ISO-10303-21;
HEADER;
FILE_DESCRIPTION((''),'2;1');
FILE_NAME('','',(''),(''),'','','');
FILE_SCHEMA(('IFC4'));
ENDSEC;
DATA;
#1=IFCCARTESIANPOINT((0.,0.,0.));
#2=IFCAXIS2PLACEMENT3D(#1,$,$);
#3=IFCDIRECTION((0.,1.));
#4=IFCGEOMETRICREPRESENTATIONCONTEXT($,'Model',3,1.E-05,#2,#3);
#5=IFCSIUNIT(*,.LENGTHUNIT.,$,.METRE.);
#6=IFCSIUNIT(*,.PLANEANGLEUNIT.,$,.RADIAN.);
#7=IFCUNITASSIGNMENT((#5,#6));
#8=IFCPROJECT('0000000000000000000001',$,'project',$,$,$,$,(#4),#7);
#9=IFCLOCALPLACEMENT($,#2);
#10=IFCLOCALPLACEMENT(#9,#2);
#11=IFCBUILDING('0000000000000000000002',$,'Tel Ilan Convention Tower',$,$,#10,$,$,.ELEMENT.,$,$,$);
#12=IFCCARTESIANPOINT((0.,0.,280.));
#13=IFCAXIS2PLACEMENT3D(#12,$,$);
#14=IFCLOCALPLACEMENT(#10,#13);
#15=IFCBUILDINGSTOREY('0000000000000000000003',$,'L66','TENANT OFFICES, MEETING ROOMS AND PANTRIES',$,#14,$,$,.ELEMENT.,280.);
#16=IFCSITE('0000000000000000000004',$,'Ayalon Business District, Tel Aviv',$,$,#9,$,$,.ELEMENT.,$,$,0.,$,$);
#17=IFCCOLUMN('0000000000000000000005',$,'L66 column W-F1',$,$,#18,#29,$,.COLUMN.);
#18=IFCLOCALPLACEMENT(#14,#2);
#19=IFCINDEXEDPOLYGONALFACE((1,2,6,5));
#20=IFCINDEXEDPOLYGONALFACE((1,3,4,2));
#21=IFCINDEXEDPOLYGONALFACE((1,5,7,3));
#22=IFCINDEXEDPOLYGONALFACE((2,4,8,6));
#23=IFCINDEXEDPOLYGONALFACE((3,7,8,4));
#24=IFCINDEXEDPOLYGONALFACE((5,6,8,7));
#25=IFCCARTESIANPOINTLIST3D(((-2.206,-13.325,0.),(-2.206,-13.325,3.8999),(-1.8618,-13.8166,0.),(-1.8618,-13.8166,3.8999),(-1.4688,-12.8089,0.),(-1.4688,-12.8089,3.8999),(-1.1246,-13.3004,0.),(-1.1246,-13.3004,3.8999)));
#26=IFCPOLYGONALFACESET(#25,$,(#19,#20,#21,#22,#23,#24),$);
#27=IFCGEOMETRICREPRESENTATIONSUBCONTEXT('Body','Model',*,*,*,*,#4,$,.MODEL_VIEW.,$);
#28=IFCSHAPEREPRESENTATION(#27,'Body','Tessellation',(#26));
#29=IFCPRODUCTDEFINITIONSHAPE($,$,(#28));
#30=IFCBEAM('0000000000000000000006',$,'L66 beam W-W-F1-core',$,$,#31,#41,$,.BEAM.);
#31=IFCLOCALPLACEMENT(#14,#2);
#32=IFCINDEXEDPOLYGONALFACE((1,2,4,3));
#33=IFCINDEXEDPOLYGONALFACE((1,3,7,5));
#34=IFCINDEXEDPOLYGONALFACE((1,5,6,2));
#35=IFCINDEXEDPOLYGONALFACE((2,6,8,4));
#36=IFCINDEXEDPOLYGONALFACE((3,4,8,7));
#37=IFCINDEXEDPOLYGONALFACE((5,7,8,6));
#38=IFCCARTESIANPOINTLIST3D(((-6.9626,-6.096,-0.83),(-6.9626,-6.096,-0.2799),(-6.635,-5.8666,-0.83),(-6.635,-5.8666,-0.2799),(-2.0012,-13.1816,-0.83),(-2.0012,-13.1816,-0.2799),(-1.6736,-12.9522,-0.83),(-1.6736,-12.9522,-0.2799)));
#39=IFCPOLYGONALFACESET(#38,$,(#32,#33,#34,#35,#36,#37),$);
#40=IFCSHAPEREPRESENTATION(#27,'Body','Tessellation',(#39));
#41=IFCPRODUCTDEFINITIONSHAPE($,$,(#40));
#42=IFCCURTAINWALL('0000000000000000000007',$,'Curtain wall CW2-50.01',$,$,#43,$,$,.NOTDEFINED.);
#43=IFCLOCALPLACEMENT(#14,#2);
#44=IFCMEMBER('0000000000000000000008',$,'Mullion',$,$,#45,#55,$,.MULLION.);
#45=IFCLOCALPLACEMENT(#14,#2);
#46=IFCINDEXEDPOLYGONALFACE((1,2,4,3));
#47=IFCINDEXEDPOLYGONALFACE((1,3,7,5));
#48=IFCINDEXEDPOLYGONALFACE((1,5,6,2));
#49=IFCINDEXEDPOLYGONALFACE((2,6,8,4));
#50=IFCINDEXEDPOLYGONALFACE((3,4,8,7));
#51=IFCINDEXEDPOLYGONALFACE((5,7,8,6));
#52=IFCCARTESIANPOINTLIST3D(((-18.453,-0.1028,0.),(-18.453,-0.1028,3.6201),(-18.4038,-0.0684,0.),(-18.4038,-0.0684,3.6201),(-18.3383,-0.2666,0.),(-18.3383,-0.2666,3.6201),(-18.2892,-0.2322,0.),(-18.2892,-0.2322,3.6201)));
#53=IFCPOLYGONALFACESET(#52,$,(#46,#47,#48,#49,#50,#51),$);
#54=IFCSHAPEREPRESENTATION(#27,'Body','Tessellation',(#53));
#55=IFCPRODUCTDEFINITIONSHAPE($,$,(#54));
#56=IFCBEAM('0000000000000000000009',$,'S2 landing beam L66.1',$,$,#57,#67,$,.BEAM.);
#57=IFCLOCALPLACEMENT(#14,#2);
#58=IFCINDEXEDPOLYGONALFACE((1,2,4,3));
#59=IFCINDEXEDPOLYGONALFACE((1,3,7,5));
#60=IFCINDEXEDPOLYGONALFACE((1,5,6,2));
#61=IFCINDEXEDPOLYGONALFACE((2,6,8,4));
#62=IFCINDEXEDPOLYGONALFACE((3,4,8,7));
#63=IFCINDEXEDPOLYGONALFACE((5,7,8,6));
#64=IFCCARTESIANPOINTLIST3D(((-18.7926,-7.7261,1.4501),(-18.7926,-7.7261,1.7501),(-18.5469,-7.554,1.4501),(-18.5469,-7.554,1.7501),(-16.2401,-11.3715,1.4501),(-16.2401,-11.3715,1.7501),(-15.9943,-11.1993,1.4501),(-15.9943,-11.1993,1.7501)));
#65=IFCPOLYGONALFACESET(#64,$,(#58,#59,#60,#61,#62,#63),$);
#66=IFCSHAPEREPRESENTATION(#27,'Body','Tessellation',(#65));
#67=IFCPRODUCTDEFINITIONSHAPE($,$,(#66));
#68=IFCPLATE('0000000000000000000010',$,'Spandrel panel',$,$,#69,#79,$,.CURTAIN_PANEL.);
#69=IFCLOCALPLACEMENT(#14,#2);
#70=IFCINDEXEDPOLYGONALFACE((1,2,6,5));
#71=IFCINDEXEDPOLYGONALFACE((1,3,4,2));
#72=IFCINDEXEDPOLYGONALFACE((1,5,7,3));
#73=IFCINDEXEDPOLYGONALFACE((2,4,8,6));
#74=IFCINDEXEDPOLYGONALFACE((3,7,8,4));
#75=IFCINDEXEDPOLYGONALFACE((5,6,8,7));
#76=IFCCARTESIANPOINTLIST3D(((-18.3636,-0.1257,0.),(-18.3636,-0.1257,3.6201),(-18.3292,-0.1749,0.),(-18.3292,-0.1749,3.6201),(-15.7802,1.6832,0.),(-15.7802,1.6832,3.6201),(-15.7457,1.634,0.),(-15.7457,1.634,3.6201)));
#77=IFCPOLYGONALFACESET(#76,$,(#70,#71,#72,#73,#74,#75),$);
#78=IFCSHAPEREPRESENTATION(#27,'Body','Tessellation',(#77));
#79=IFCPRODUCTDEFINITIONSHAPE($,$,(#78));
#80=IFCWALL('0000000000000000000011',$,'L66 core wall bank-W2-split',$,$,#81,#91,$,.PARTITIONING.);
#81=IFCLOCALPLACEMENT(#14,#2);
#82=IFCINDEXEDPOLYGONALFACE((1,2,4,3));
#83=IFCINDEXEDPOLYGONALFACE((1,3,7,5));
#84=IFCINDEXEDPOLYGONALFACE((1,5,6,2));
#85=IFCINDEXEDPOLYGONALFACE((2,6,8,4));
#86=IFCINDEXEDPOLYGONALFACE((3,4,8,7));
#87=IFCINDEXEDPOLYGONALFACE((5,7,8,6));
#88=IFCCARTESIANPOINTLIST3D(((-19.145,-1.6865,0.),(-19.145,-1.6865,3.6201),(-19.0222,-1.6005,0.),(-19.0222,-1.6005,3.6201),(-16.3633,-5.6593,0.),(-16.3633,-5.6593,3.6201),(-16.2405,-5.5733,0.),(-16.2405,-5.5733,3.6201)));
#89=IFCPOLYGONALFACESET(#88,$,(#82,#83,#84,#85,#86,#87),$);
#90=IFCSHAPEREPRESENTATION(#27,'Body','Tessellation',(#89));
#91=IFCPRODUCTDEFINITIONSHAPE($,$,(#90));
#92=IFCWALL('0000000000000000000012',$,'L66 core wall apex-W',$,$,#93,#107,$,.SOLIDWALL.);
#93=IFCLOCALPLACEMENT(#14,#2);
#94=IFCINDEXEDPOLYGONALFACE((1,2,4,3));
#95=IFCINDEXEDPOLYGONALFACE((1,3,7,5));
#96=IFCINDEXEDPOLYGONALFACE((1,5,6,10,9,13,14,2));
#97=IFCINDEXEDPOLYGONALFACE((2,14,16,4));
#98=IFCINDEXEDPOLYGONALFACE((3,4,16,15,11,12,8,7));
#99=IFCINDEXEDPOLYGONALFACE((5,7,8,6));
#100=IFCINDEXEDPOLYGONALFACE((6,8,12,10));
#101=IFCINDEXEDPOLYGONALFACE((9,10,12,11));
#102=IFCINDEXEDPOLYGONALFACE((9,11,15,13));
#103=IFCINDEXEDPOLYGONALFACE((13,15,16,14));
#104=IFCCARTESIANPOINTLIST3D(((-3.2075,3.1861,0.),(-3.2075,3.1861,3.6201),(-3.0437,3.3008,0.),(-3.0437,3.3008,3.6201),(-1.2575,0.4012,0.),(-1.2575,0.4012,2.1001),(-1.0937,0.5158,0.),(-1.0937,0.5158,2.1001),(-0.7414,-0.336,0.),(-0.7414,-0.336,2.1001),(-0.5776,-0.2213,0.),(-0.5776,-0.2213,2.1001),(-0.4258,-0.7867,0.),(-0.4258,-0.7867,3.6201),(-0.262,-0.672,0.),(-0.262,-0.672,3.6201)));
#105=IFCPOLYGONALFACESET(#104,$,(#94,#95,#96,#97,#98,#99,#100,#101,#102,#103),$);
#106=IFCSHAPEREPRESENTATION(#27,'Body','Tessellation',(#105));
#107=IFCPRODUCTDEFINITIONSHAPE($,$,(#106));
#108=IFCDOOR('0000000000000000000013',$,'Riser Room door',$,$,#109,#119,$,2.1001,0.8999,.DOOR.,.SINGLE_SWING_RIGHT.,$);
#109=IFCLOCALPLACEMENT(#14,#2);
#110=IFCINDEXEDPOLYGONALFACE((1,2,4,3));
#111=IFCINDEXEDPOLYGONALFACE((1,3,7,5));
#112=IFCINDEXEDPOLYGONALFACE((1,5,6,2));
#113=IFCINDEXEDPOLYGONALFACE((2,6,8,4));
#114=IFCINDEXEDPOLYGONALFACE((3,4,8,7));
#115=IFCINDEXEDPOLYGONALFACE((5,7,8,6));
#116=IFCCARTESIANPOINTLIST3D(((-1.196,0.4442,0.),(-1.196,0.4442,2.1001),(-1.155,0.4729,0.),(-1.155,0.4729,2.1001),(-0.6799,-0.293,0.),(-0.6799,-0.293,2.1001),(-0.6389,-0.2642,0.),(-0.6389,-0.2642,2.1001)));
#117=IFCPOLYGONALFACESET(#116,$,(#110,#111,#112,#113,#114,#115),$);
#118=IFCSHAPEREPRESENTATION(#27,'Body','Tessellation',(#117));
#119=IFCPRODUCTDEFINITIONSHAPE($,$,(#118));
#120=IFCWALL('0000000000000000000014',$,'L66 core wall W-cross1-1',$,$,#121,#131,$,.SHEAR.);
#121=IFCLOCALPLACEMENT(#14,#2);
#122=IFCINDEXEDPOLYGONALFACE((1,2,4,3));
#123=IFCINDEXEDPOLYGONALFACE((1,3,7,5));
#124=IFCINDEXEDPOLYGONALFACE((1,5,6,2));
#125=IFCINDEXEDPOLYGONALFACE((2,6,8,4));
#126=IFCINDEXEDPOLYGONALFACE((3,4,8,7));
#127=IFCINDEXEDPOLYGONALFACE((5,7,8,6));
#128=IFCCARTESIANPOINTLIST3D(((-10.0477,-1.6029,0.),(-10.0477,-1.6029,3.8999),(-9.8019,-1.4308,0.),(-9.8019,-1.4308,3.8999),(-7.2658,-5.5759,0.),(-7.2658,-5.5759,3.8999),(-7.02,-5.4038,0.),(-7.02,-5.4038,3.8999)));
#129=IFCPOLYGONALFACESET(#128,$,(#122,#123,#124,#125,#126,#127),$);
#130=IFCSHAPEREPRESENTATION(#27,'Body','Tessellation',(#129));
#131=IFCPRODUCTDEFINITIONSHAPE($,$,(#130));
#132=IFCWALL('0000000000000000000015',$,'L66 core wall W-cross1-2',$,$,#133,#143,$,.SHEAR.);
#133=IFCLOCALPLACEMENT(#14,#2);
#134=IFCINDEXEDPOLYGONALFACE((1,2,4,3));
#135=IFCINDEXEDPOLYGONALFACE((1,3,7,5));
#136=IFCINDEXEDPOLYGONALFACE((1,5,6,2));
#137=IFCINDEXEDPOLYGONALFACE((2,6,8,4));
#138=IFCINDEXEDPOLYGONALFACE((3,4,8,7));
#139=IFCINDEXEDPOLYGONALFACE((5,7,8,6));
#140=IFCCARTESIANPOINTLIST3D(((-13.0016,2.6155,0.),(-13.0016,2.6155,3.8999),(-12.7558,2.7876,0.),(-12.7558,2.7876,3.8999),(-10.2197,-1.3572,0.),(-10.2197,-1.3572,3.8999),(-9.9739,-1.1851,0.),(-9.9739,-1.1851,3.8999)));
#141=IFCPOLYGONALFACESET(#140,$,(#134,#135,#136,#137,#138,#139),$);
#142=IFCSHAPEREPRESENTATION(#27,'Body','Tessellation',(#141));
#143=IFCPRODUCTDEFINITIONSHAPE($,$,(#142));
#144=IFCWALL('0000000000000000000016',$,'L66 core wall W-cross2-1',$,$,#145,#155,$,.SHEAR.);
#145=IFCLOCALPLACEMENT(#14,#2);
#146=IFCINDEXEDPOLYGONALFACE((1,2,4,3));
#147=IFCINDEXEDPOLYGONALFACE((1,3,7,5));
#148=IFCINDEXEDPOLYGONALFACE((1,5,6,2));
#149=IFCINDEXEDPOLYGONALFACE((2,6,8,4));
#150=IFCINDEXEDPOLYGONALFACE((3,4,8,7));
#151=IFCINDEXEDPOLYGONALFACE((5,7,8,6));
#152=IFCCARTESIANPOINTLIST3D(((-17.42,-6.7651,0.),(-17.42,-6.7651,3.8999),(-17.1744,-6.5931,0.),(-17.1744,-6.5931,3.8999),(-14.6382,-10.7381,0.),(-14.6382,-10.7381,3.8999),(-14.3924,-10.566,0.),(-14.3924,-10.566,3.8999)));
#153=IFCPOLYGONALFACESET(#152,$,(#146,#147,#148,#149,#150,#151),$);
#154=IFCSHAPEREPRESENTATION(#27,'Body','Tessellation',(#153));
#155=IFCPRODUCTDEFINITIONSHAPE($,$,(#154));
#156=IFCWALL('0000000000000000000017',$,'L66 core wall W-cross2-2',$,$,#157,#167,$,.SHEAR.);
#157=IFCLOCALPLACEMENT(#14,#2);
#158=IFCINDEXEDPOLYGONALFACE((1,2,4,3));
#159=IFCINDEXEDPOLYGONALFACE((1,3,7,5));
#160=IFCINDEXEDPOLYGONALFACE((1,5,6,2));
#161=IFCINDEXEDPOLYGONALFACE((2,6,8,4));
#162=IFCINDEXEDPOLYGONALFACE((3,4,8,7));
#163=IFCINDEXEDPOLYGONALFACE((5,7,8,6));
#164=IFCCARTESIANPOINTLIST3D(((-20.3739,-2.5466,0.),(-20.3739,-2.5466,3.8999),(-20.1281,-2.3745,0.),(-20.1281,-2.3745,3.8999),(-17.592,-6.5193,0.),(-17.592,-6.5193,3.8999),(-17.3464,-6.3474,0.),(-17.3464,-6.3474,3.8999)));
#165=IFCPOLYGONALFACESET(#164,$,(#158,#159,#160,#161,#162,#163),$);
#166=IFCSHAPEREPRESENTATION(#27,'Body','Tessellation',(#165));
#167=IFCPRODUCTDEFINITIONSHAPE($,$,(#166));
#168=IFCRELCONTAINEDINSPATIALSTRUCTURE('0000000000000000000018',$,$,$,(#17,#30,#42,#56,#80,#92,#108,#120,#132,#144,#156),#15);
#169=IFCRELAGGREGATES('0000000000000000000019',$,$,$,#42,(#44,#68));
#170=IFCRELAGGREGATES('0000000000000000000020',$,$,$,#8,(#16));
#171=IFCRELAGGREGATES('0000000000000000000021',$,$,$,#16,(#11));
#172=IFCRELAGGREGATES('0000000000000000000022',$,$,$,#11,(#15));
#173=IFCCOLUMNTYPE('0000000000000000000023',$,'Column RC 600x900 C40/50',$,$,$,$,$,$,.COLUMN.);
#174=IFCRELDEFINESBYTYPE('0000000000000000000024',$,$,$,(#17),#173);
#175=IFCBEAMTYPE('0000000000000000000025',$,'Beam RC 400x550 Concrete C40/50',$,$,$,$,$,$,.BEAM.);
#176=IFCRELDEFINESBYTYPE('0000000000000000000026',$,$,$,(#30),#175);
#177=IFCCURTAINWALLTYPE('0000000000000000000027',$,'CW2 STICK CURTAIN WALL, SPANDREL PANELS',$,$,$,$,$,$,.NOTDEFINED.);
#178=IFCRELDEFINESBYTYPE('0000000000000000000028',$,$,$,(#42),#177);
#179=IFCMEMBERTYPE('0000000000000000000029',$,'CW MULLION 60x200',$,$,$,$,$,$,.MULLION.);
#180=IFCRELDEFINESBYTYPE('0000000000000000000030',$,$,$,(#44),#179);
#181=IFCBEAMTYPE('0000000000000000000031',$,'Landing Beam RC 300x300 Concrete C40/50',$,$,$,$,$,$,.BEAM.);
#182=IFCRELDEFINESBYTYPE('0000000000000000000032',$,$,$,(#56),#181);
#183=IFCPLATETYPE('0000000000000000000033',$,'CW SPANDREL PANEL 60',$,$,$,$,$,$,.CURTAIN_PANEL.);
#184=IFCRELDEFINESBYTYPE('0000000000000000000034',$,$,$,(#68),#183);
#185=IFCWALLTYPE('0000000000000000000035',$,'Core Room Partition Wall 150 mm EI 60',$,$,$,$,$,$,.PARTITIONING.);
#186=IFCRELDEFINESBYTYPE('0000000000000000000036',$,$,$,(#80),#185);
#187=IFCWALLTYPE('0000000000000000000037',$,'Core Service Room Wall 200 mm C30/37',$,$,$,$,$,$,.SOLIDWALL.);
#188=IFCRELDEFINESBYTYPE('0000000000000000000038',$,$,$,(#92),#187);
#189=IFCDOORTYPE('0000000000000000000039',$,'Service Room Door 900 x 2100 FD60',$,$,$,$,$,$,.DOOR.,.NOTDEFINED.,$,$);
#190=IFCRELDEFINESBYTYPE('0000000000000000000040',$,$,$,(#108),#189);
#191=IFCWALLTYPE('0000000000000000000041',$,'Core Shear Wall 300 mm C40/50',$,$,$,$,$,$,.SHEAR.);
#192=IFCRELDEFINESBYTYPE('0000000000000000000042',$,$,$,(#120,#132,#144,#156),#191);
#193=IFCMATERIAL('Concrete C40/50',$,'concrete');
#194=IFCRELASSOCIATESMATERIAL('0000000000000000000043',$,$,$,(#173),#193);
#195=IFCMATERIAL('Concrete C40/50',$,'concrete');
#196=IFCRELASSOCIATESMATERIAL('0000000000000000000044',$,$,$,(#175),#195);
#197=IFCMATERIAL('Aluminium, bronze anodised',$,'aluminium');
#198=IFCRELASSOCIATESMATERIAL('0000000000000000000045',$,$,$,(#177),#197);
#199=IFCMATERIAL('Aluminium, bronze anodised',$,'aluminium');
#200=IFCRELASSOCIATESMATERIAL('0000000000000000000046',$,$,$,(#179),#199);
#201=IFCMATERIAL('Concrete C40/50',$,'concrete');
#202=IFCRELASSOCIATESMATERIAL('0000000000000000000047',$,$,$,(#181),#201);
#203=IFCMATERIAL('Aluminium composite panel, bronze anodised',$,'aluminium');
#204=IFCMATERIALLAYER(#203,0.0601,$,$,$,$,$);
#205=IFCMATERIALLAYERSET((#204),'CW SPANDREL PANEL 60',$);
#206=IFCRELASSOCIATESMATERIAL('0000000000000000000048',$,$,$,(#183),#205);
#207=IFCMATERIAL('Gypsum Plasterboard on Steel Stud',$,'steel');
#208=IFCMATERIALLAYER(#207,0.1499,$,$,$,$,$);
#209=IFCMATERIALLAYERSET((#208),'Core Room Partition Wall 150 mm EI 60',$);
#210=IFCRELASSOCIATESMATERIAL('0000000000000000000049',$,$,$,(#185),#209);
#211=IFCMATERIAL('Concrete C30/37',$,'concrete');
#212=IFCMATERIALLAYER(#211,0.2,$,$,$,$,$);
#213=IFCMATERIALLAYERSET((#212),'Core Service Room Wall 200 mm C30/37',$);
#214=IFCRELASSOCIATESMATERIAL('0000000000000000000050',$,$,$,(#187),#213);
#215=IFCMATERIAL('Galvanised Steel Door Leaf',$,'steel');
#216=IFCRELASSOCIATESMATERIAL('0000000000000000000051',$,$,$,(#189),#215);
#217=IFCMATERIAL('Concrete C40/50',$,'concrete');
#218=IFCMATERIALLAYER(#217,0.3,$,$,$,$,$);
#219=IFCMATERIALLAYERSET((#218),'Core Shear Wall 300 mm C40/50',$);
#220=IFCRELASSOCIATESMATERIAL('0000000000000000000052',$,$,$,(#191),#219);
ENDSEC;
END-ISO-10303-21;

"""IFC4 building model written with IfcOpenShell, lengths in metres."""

from ifc_helpers import new_model, si_unit, direction, frame, frame_2d, origin, origin_2d, place, context, subcontext, project, spatial, polyline, rectangle, outline, extrude, material, layer, layer_set, material_profile, profile_set, type_object, element, fill, aggregate, save


model = new_model("IFC4")

# Units and contexts
model_context = context("Model", 3, precision=1e-05, world=origin(), true_north=direction((0.0, 1.0)))
body_context = subcontext(model_context, "Body", "Model", "MODEL_VIEW")
ifc_project = project(units=[si_unit("LENGTHUNIT", "METRE"), si_unit("PLANEANGLEUNIT", "RADIAN")], contexts=[model_context])

# Site, building, storey
site_placement = place(None, origin())
site = spatial("IfcSite", under=ifc_project, at=site_placement, Name="Ayalon Business District, Tel Aviv", CompositionType="ELEMENT", RefElevation=0.0)
building_placement = place(site_placement, origin())
building = spatial("IfcBuilding", under=site, at=building_placement, Name="Tel Ilan Convention Tower", CompositionType="ELEMENT")
storey_placement = place(building_placement, frame((0.0, 0.0, 280.0)))
storey = spatial("IfcBuildingStorey", under=building, at=storey_placement, Name="L66", Description="TENANT OFFICES, MEETING ROOMS AND PANTRIES", CompositionType="ELEMENT", Elevation=280.0)

# Column
ifc_material_1 = material(Name="Concrete C40/50", Category="concrete")
ifc_material_profile_1 = material_profile(ifc_material_1, rectangle(XDim=0.8999, YDim=0.6001, at=origin_2d()), Name="RC 600x900")
ifc_profile_set_1 = profile_set([ifc_material_profile_1], Name="Concrete C40/50")
column_type = type_object("IfcColumnType", Name="Column RC 600x900 C40/50", PredefinedType="COLUMN", material=ifc_profile_set_1)
column_placement = place(storey_placement, frame((-1.6653, -13.3127, 0.0), z_axis=(0.0, 0.0, 1.0), x_axis=(-0.819152, -0.573576, 0.0)))
element("IfcColumn", 1, at=column_placement, inside=storey, type_object=column_type, Name="L66 column W-F1", PredefinedType="COLUMN", context=body_context, shape_type="SweptSolid", body=[
    extrude(rectangle(XDim=0.8999, YDim=0.6001, at=origin_2d()), origin(), (0.0, 0.0, 1.0), 3.8999),
])

# Beam
ifc_material_2 = material(Name="Concrete C40/50", Category="concrete")
ifc_material_profile_2 = material_profile(ifc_material_2, rectangle(XDim=0.3999, YDim=0.55, at=origin_2d()), Name="RC 400x550")
ifc_profile_set_2 = profile_set([ifc_material_profile_2], Name="Concrete C40/50")
beam_type_1 = type_object("IfcBeamType", Name="Beam RC 400x550 Concrete C40/50", PredefinedType="BEAM", material=ifc_profile_set_2)
beam_1_placement = place(storey_placement, frame((-1.8374, -13.0669, -0.5549), z_axis=(-0.573574, 0.819154, 0.0), x_axis=(-0.819154, -0.573574, 0.0)))
element("IfcBeam", 2, at=beam_1_placement, inside=storey, type_object=beam_type_1, Name="L66 beam W-W-F1-core", PredefinedType="BEAM", context=body_context, shape_type="SweptSolid", body=[
    extrude(rectangle(XDim=0.3999, YDim=0.55, at=origin_2d()), origin(), (0.0, 0.0, 1.0), 8.6499),
])

# Curtain wall, member
ifc_material_3 = material(Name="Aluminium, bronze anodised", Category="aluminium")
curtain_wall_type = type_object("IfcCurtainWallType", Name="CW2 STICK CURTAIN WALL, SPANDREL PANELS", PredefinedType="NOTDEFINED", material=ifc_material_3)
curtain_wall_placement = place(storey_placement, origin())
curtain_wall = element("IfcCurtainWall", 3, at=curtain_wall_placement, inside=storey, type_object=curtain_wall_type, Name="Curtain wall CW2-50.01", PredefinedType="NOTDEFINED")
ifc_material_4 = material(Name="Aluminium, bronze anodised", Category="aluminium")
ifc_material_profile_3 = material_profile(ifc_material_4, rectangle(XDim=0.0601, YDim=0.2, at=origin_2d()), Name="CW MULLION 60x200")
ifc_profile_set_3 = profile_set([ifc_material_profile_3], Name="Aluminium, bronze anodised")
member_type = type_object("IfcMemberType", Name="CW MULLION 60x200", PredefinedType="MULLION", material=ifc_profile_set_3)
member_placement = place(storey_placement, frame((-18.3711, -0.1675, 0.0), z_axis=(0.0, 0.0, 1.0), x_axis=(-0.819152, -0.573576, 0.0)))
member = element("IfcMember", 4, at=member_placement, type_object=member_type, Name="Mullion", PredefinedType="MULLION", context=body_context, shape_type="SweptSolid", body=[
    extrude(rectangle(XDim=0.0601, YDim=0.2, at=origin_2d()), origin(), (0.0, 0.0, 1.0), 3.6201),
])

# Beam
ifc_material_5 = material(Name="Concrete C40/50", Category="concrete")
ifc_material_profile_4 = material_profile(ifc_material_5, rectangle(XDim=0.3, YDim=0.3, at=origin_2d()), Name="RC 300x300")
ifc_profile_set_4 = profile_set([ifc_material_profile_4], Name="Concrete C40/50")
beam_type_2 = type_object("IfcBeamType", Name="Landing Beam RC 300x300 Concrete C40/50", PredefinedType="BEAM", material=ifc_profile_set_4)
beam_2_placement = place(storey_placement, frame((-16.1172, -11.2854, 1.6001), z_axis=(-0.573584, 0.819147, 0.0), x_axis=(-0.819147, -0.573584, 0.0)))
element("IfcBeam", 5, at=beam_2_placement, inside=storey, type_object=beam_type_2, Name="S2 landing beam L66.1", PredefinedType="BEAM", context=body_context, shape_type="SweptSolid", body=[
    extrude(rectangle(XDim=0.3, YDim=0.3, at=origin_2d()), origin(), (0.0, 0.0, 1.0), 4.4502),
])

# Plate
ifc_material_6 = material(Name="Aluminium composite panel, bronze anodised", Category="aluminium")
ifc_layer_1 = layer(ifc_material_6, 0.0601)
ifc_layer_set_1 = layer_set([ifc_layer_1], Name="CW SPANDREL PANEL 60")
plate_type = type_object("IfcPlateType", Name="CW SPANDREL PANEL 60", PredefinedType="CURTAIN_PANEL", material=ifc_layer_set_1)
plate_placement = place(storey_placement, frame((-17.0547, 0.7542, 0.0), z_axis=(0.0, 0.0, 1.0), x_axis=(-0.819152, -0.573576, 0.0)))
plate = element("IfcPlate", 6, at=plate_placement, type_object=plate_type, Name="Spandrel panel", PredefinedType="CURTAIN_PANEL", context=body_context, shape_type="SweptSolid", body=[
    extrude(rectangle(XDim=3.1538, YDim=0.0601, at=origin_2d()), origin(), (0.0, 0.0, 1.0), 3.6201),
])
aggregate(curtain_wall, [member, plate])

# Wall
ifc_material_7 = material(Name="Gypsum Plasterboard on Steel Stud", Category="steel")
ifc_layer_2 = layer(ifc_material_7, 0.1499)
ifc_layer_set_2 = layer_set([ifc_layer_2], Name="Core Room Partition Wall 150 mm EI 60")
wall_type_1 = type_object("IfcWallType", Name="Core Room Partition Wall 150 mm EI 60", PredefinedType="PARTITIONING", material=ifc_layer_set_2)
wall_1_placement = place(storey_placement, frame((-16.302, -5.6162, 0.0), z_axis=(0.0, 0.0, 1.0), x_axis=(-0.57356, 0.819163, 0.0)))
element("IfcWall", 7, at=wall_1_placement, inside=storey, type_object=wall_type_1, Name="L66 core wall bank-W2-split", PredefinedType="PARTITIONING", context=body_context, shape_type="SweptSolid", body=[
    extrude(rectangle(XDim=4.8499, YDim=0.1499, at=frame_2d((2.4248, 0.0))), origin(), (0.0, 0.0, 1.0), 3.6201),
])

# Wall, opening, door
ifc_material_8 = material(Name="Concrete C30/37", Category="concrete")
ifc_layer_3 = layer(ifc_material_8, 0.2)
ifc_layer_set_3 = layer_set([ifc_layer_3], Name="Core Service Room Wall 200 mm C30/37")
wall_type_2 = type_object("IfcWallType", Name="Core Service Room Wall 200 mm C30/37", PredefinedType="SOLIDWALL", material=ifc_layer_set_3)
wall_2_placement = place(storey_placement, frame((-0.344, -0.7292, 0.0), z_axis=(0.0, 0.0, 1.0), x_axis=(-0.57356, 0.819163, 0.0)))
wall_2 = element("IfcWall", 8, at=wall_2_placement, inside=storey, type_object=wall_type_2, Name="L66 core wall apex-W", PredefinedType="SOLIDWALL", context=body_context, shape_type="SweptSolid", body=[
    extrude(rectangle(XDim=4.8499, YDim=0.2, at=frame_2d((2.4248, 0.0))), origin(), (0.0, 0.0, 1.0), 3.6201),
])
opening_1_placement = place(wall_2_placement, frame((0.55, 0.0, 0.0)))
opening_1 = element("IfcOpeningElement", 9, at=opening_1_placement, cuts=wall_2, PredefinedType="OPENING", context=body_context, shape_type="SweptSolid", body=[
    extrude(rectangle(XDim=0.8999, YDim=2.1001, at=frame_2d((0.45, 1.05))), frame((0.0, 0.1099, 0.0), z_axis=(0.0, -1.0, 0.0), x_axis=(1.0, 0.0, 0.0)), (0.0, 0.0, 1.0), 0.22),
])
ifc_material_9 = material(Name="Galvanised Steel Door Leaf", Category="steel")
door_type_1 = type_object("IfcDoorType", Name="Service Room Door 900 x 2100 FD60", OperationType="NOTDEFINED", PredefinedType="DOOR", material=ifc_material_9)
door_1_placement = place(opening_1_placement, origin())
door_1 = element("IfcDoor", 10, at=door_1_placement, inside=storey, type_object=door_type_1, Name="Riser Room door", OperationType="SINGLE_SWING_RIGHT", OverallHeight=2.1001, OverallWidth=0.8999, PredefinedType="DOOR", context=body_context, shape_type="SweptSolid", body=[
    extrude(rectangle(XDim=0.8999, YDim=2.1001, at=frame_2d((0.45, 1.05))), frame((0.0, 0.0249, 0.0), z_axis=(0.0, -1.0, 0.0), x_axis=(1.0, 0.0, 0.0)), (0.0, 0.0, 1.0), 0.05),
])
fill(opening_1, door_1)

# Walls
ifc_material_10 = material(Name="Concrete C40/50", Category="concrete")
ifc_layer_4 = layer(ifc_material_10, 0.3)
ifc_layer_set_4 = layer_set([ifc_layer_4], Name="Core Shear Wall 300 mm C40/50")
wall_type_3 = type_object("IfcWallType", Name="Core Shear Wall 300 mm C40/50", PredefinedType="SHEAR", material=ifc_layer_set_4)
wall_3_placement = place(storey_placement, frame((-7.1428, -5.4897, 0.0), z_axis=(0.0, 0.0, 1.0), x_axis=(-0.573618, 0.819123, 0.0)))
element("IfcWall", 11, at=wall_3_placement, inside=storey, type_object=wall_type_3, Name="L66 core wall W-cross1-1", PredefinedType="SHEAR", context=body_context, shape_type="SweptSolid", body=[
    extrude(outline(polyline([(4.8501, 0.1499), (0.0, 0.1501), (0.0, -0.1499), (4.8501, -0.1501), (4.8501, 0.1499)])), origin(), (0.0, 0.0, 1.0), 3.8999),
])
wall_4_placement = place(storey_placement, frame((-10.0969, -1.2712, 0.0), z_axis=(0.0, 0.0, 1.0), x_axis=(-0.57356, 0.819163, 0.0)))
element("IfcWall", 12, at=wall_4_placement, inside=storey, type_object=wall_type_3, Name="L66 core wall W-cross1-2", PredefinedType="SHEAR", context=body_context, shape_type="SweptSolid", body=[
    extrude(outline(polyline([(4.8499, -0.1499), (4.8499, 0.1501), (0.0, 0.1499), (0.0, -0.1501), (4.8499, -0.1499)])), origin(), (0.0, 0.0, 1.0), 3.8999),
])
wall_5_placement = place(storey_placement, frame((-14.5154, -10.6521, 0.0), z_axis=(0.0, 0.0, 1.0), x_axis=(-0.57356, 0.819163, 0.0)))
element("IfcWall", 13, at=wall_5_placement, inside=storey, type_object=wall_type_3, Name="L66 core wall W-cross2-1", PredefinedType="SHEAR", context=body_context, shape_type="SweptSolid", body=[
    extrude(outline(polyline([(4.8501, 0.1499), (0.0, 0.1499), (0.0, -0.1501), (4.8501, -0.1499), (4.8501, 0.1499)])), origin(), (0.0, 0.0, 1.0), 3.8999),
])
wall_6_placement = place(storey_placement, frame((-17.4692, -6.4333, 0.0), z_axis=(0.0, 0.0, 1.0), x_axis=(-0.573594, 0.81914, 0.0)))
element("IfcWall", 14, at=wall_6_placement, inside=storey, type_object=wall_type_3, Name="L66 core wall W-cross2-2", PredefinedType="SHEAR", context=body_context, shape_type="SweptSolid", body=[
    extrude(outline(polyline([(4.8499, -0.1501), (4.8499, 0.1499), (0.0, 0.1499), (0.0, -0.1499), (4.8499, -0.1501)])), origin(), (0.0, 0.0, 1.0), 3.8999),
])

save(model, "model.ifc")
